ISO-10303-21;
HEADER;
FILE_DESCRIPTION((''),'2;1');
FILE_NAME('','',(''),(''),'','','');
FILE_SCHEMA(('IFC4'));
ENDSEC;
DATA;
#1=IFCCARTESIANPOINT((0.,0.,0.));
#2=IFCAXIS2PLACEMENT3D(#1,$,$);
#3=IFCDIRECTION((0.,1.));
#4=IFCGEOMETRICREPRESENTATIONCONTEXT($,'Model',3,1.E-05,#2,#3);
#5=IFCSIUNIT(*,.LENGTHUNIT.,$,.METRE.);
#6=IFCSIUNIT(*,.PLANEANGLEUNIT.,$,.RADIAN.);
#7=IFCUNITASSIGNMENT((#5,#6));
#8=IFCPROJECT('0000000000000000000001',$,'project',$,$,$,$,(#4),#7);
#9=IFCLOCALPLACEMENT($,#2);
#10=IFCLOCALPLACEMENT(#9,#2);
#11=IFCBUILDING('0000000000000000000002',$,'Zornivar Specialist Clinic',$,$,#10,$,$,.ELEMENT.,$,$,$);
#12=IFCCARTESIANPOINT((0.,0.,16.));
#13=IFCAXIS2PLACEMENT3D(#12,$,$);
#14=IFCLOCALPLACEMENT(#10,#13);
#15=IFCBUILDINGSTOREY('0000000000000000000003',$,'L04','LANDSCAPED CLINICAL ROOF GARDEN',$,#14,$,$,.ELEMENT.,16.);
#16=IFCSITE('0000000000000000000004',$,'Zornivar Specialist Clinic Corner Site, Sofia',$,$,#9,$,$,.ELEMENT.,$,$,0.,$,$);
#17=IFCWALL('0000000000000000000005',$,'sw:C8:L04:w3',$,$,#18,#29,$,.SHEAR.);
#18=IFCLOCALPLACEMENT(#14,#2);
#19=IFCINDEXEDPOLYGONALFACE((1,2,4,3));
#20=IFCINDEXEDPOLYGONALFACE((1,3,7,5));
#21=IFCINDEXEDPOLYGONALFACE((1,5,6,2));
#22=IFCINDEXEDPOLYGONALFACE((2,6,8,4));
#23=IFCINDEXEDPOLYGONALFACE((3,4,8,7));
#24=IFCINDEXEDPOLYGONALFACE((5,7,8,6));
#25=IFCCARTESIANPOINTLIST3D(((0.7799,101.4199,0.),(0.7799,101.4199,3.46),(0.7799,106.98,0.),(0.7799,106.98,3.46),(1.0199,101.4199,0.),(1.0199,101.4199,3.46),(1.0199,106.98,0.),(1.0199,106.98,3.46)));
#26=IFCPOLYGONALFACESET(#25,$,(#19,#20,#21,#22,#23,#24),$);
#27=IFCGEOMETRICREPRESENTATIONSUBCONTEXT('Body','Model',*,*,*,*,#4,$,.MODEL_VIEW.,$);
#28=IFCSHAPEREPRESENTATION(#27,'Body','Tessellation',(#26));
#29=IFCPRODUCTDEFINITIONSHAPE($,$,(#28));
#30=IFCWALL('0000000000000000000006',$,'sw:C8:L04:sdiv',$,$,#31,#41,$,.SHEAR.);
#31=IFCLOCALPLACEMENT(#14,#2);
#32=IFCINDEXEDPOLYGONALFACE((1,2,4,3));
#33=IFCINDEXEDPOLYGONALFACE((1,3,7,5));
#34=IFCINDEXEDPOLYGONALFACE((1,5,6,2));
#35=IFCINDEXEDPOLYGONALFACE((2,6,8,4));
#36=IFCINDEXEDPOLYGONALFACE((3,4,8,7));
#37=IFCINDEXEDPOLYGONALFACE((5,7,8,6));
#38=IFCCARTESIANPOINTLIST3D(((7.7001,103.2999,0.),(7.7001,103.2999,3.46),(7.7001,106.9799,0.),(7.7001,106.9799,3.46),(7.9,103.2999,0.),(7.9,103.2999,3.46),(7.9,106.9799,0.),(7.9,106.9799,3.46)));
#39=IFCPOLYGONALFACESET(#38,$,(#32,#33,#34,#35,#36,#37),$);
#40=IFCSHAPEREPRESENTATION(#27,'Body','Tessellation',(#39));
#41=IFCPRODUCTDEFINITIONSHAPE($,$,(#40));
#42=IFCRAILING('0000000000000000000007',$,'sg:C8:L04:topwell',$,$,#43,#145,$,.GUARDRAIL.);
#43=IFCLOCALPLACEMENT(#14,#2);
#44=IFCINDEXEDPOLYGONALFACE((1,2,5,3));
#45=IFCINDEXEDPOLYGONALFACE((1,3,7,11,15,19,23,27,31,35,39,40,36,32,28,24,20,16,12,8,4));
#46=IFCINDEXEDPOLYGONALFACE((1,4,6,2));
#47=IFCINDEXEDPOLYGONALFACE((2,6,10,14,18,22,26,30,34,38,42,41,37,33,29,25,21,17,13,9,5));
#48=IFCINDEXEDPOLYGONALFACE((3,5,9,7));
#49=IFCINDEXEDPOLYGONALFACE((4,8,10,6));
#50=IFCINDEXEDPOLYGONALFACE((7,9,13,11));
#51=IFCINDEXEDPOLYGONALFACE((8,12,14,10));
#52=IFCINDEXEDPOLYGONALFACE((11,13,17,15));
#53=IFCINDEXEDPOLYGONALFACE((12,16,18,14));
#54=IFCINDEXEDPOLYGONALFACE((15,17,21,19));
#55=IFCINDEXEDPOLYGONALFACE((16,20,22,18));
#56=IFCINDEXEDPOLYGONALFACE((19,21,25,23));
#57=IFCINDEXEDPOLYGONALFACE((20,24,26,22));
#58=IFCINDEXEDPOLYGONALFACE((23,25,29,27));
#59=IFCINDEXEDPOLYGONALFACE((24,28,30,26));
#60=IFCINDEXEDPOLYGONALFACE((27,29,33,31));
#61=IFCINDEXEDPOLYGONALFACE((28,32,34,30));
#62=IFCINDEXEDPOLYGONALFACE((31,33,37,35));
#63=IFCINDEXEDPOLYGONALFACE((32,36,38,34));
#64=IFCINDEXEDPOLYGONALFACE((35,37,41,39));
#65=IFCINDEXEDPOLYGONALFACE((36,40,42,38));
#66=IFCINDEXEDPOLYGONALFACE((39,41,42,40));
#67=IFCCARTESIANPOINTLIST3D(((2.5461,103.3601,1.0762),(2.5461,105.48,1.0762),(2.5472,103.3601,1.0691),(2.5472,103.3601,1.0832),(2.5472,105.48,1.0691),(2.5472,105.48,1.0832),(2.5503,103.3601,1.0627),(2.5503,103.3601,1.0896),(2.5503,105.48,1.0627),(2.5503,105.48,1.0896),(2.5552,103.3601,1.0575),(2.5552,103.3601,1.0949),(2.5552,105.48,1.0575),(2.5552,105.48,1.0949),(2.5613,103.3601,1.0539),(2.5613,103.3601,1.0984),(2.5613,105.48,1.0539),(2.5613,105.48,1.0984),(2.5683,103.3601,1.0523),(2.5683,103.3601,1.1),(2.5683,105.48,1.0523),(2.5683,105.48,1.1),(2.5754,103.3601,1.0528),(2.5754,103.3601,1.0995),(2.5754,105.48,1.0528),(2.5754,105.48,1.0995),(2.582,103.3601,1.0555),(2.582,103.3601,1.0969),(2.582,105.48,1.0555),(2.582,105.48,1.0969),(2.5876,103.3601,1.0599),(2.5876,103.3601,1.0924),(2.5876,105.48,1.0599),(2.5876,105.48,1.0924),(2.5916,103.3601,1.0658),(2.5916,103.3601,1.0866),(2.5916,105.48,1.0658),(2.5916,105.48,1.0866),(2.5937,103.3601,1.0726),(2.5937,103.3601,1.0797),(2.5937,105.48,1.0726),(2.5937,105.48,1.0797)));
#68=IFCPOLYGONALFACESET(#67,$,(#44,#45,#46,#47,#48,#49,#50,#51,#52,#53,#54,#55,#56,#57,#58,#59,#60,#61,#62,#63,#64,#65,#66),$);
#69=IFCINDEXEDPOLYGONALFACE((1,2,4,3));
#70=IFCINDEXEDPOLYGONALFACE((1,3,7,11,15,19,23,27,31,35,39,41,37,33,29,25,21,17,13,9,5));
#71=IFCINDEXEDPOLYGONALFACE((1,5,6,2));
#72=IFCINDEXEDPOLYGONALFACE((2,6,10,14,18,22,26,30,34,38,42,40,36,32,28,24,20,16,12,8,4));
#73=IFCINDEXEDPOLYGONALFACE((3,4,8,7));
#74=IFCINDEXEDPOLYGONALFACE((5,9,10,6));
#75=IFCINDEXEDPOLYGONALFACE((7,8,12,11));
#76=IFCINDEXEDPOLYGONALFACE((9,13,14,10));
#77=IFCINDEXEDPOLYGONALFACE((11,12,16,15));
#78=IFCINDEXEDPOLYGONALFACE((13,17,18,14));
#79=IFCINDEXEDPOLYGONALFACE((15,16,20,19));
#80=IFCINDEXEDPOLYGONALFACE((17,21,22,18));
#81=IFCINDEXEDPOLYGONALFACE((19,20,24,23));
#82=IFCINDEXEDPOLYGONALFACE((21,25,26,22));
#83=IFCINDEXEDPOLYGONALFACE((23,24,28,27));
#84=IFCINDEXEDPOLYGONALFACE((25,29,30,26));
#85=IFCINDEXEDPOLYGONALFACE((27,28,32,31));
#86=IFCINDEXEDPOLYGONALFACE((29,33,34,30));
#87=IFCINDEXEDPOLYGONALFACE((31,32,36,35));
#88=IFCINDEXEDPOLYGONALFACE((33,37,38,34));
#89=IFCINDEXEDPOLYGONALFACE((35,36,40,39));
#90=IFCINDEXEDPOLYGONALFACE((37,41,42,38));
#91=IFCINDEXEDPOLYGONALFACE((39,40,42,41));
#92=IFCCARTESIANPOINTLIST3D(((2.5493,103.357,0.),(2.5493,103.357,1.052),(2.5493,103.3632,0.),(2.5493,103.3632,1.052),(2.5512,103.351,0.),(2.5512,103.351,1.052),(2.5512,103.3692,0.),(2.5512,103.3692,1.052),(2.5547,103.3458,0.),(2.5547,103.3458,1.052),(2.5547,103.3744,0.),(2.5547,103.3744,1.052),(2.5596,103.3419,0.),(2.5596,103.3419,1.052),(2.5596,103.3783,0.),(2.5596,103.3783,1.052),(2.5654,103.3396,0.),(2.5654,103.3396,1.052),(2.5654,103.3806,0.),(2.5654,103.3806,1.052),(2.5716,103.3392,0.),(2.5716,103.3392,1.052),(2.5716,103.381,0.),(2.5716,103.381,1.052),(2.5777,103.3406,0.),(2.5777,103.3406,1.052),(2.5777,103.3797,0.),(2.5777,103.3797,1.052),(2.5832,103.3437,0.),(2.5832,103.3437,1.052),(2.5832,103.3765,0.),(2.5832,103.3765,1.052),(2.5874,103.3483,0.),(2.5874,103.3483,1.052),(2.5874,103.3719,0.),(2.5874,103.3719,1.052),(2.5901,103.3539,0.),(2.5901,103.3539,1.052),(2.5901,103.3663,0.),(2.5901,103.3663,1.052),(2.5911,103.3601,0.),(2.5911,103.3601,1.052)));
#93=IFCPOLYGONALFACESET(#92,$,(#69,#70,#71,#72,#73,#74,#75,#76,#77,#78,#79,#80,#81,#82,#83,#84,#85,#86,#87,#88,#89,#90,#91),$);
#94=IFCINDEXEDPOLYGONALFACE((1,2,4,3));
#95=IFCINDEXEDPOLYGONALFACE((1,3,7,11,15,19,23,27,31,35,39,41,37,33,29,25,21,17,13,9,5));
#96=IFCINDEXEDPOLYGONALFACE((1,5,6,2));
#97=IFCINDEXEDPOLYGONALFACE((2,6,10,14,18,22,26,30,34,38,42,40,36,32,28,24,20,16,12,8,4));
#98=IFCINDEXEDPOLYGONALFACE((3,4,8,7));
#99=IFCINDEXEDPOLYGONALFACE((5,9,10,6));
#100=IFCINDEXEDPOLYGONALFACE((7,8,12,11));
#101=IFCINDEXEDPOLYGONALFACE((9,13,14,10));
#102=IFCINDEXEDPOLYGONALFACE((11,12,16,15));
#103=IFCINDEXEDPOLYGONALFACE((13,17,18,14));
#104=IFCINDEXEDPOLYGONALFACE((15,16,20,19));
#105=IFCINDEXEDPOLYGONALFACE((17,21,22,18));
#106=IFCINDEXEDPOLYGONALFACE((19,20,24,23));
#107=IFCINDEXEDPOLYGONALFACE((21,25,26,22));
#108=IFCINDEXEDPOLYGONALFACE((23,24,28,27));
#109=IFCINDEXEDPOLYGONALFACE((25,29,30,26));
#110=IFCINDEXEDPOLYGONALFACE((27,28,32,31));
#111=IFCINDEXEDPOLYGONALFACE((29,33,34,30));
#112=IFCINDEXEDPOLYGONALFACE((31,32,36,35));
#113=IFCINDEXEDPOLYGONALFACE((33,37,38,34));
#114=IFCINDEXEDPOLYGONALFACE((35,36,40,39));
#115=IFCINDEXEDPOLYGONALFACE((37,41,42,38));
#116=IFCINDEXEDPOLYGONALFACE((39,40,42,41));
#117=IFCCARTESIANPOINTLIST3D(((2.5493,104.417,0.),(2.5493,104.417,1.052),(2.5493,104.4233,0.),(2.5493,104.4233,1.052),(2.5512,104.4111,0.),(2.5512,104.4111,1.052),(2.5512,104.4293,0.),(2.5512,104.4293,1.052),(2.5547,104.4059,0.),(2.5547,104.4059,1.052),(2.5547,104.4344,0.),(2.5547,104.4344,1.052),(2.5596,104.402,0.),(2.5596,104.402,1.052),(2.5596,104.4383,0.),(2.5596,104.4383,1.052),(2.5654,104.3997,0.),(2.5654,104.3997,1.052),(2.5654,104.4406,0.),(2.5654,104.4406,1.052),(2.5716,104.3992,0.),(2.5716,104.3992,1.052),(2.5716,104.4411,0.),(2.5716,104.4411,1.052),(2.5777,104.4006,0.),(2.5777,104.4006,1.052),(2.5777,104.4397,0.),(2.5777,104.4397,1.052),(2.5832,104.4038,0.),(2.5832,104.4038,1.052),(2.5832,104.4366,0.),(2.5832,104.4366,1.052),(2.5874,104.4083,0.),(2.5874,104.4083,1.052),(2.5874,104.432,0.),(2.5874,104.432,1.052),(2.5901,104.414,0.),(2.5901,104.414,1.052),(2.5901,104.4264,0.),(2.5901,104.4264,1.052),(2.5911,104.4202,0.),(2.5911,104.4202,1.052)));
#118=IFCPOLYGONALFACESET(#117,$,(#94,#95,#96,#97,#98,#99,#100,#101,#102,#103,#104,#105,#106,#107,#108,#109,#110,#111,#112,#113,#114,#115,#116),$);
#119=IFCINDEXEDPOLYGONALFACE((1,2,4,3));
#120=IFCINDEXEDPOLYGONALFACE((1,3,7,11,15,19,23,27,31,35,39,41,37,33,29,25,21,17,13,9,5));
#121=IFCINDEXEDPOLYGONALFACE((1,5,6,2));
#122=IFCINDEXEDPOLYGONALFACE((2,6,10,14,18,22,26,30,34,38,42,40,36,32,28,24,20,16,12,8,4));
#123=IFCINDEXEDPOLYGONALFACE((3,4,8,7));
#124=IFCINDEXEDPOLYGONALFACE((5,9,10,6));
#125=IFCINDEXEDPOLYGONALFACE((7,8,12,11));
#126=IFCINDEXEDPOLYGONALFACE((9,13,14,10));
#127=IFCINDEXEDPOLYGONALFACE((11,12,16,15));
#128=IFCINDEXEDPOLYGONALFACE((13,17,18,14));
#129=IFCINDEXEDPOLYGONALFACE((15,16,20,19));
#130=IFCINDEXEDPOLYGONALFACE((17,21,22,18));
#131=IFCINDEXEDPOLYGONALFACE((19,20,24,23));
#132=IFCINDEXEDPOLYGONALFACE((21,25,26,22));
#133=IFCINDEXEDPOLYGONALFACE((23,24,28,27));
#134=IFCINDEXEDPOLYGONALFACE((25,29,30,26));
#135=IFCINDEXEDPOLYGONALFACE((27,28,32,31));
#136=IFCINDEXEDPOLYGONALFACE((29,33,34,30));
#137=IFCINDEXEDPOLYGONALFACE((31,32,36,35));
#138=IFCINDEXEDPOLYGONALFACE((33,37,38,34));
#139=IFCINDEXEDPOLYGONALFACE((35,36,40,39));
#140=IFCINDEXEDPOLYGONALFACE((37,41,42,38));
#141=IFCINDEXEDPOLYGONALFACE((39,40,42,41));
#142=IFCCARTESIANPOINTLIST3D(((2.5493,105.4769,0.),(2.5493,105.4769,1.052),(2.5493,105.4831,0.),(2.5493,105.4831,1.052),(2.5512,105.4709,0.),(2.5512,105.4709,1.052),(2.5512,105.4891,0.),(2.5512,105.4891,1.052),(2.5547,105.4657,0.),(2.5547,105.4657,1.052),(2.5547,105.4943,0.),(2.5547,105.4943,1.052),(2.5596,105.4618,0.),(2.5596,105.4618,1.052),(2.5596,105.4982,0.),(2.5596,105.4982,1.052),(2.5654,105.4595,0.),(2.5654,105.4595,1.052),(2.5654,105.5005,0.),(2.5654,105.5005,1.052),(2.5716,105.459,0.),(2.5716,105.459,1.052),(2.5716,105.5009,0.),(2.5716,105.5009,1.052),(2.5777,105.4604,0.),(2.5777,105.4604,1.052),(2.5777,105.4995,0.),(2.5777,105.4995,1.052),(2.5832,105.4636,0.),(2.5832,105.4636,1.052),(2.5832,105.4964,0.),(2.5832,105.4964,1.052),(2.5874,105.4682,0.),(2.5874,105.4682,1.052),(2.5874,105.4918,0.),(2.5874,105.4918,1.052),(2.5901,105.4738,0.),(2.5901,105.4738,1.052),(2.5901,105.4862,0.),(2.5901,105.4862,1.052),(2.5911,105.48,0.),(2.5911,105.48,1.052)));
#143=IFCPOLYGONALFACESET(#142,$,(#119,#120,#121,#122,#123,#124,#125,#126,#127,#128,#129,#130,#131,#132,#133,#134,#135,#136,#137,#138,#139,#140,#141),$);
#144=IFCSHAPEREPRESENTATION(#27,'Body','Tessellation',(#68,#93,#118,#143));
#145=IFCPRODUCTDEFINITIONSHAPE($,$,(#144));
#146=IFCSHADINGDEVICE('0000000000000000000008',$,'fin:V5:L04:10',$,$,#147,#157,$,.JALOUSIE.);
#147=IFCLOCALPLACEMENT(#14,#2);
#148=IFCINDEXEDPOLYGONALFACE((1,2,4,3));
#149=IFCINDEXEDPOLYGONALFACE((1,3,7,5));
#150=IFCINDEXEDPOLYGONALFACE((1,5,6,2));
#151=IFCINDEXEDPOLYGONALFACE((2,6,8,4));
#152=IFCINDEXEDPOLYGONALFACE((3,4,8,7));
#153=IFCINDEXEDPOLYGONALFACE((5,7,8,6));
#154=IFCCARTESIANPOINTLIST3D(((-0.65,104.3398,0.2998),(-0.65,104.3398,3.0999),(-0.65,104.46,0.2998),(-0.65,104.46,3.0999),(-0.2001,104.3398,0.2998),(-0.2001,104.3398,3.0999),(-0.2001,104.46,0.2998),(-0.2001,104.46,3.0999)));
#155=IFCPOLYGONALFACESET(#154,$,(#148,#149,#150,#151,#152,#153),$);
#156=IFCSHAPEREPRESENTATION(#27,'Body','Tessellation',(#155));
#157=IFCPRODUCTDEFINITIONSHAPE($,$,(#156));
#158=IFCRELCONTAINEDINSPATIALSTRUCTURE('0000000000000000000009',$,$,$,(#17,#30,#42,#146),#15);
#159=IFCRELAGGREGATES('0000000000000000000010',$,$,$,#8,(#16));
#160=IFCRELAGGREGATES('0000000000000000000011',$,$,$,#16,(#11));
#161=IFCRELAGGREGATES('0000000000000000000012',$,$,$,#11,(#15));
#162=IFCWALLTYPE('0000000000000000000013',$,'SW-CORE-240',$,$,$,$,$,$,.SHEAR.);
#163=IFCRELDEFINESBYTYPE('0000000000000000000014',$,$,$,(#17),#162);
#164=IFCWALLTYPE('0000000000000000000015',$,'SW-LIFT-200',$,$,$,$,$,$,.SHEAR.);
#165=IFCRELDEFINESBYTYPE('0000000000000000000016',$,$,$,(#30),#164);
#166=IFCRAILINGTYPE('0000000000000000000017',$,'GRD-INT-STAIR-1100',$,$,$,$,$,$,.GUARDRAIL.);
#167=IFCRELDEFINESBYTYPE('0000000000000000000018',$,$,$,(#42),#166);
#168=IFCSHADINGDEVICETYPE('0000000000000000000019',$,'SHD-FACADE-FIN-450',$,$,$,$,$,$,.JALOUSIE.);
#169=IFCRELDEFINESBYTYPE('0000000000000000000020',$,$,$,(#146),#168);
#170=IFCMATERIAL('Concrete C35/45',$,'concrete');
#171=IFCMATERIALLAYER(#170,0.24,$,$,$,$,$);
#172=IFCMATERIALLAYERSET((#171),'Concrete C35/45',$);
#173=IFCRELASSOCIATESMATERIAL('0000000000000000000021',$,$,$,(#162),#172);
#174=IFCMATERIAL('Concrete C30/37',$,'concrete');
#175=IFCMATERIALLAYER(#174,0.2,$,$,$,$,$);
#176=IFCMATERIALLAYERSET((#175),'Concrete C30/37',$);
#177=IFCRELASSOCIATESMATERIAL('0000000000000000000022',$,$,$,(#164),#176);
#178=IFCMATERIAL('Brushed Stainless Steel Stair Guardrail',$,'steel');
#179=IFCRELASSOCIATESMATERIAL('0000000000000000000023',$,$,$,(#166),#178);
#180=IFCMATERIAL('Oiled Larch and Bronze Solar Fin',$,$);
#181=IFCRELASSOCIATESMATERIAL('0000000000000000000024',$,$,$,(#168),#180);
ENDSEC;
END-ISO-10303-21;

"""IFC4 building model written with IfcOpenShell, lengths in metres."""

from ifc_helpers import new_model, si_unit, direction, frame, frame_2d, origin, origin_2d, place, context, subcontext, project, spatial, rectangle, circle, extrude, material, layer, layer_set, type_object, element, save


model = new_model("IFC4")

# Units and contexts
model_context = context("Model", 3, precision=1e-05, world=origin(), true_north=direction((0.0, 1.0)))
body_context = subcontext(model_context, "Body", "Model", "MODEL_VIEW")
ifc_project = project(units=[si_unit("LENGTHUNIT", "METRE"), si_unit("PLANEANGLEUNIT", "RADIAN")], contexts=[model_context])

# Site, building, storey
site_placement = place(None, origin())
site = spatial("IfcSite", under=ifc_project, at=site_placement, Name="Zornivar Specialist Clinic Corner Site, Sofia", CompositionType="ELEMENT", RefElevation=0.0)
building_placement = place(site_placement, origin())
building = spatial("IfcBuilding", under=site, at=building_placement, Name="Zornivar Specialist Clinic", CompositionType="ELEMENT")
storey_placement = place(building_placement, frame((0.0, 0.0, 16.0)))
storey = spatial("IfcBuildingStorey", under=building, at=storey_placement, Name="L04", Description="LANDSCAPED CLINICAL ROOF GARDEN", CompositionType="ELEMENT", Elevation=16.0)

# Shared definitions
ifc_material_1 = material(Name="Concrete C35/45", Category="concrete")
ifc_layer_1 = layer(ifc_material_1, 0.24)
ifc_layer_set_1 = layer_set([ifc_layer_1], Name="Concrete C35/45")
wall_type_1 = type_object("IfcWallType", Name="SW-CORE-240", PredefinedType="SHEAR", material=ifc_layer_set_1)

# Walls
wall_1_placement = place(storey_placement, frame((0.8999, 106.98, 0.0), z_axis=(0.0, 0.0, 1.0), x_axis=(0.0, -1.0, 0.0)))
element("IfcWall", 1, at=wall_1_placement, inside=storey, type_object=wall_type_1, Name="sw:C8:L04:w3", PredefinedType="SHEAR", context=body_context, shape_type="SweptSolid", body=[
    extrude(rectangle(XDim=5.5601, YDim=0.24, at=frame_2d((2.78, 0.0))), origin(), (0.0, 0.0, 1.0), 3.46),
])
ifc_material_2 = material(Name="Concrete C30/37", Category="concrete")
ifc_layer_2 = layer(ifc_material_2, 0.2)
ifc_layer_set_2 = layer_set([ifc_layer_2], Name="Concrete C30/37")
wall_type_2 = type_object("IfcWallType", Name="SW-LIFT-200", PredefinedType="SHEAR", material=ifc_layer_set_2)
wall_2_placement = place(storey_placement, frame((7.8, 103.3, 0.0), z_axis=(0.0, 0.0, 1.0), x_axis=(0.0, 1.0, 0.0)))
element("IfcWall", 2, at=wall_2_placement, inside=storey, type_object=wall_type_2, Name="sw:C8:L04:sdiv", PredefinedType="SHEAR", context=body_context, shape_type="SweptSolid", body=[
    extrude(rectangle(XDim=3.6799, YDim=0.2, at=frame_2d((1.8398, 0.0))), origin(), (0.0, 0.0, 1.0), 3.46),
])

# Railing
ifc_material_3 = material(Name="Brushed Stainless Steel Stair Guardrail", Category="steel")
railing_type = type_object("IfcRailingType", Name="GRD-INT-STAIR-1100", PredefinedType="GUARDRAIL", material=ifc_material_3)
railing_placement = place(storey_placement, frame((2.5701, 103.3601, 0.0)))
element("IfcRailing", 3, at=railing_placement, inside=storey, type_object=railing_type, Name="sg:C8:L04:topwell", PredefinedType="GUARDRAIL", context=body_context, shape_type="SweptSolid", body=[
    extrude(circle(Radius=0.0239, at=origin_2d()), frame((0.0, 0.0, 1.0762), z_axis=(0.0, 1.0, 0.0), x_axis=(-1.0, 0.0, 0.0)), (0.0, 0.0, 1.0), 2.1199),
    extrude(circle(Radius=0.021, at=origin_2d()), origin(), (0.0, 0.0, 1.0), 1.052),
    extrude(circle(Radius=0.021, at=origin_2d()), frame((0.0, 1.0601, 0.0)), (0.0, 0.0, 1.0), 1.052),
    extrude(circle(Radius=0.021, at=origin_2d()), frame((0.0, 2.1199, 0.0)), (0.0, 0.0, 1.0), 1.052),
])

# Shading device
ifc_material_4 = material(Name="Oiled Larch and Bronze Solar Fin")
shading_device_type = type_object("IfcShadingDeviceType", Name="SHD-FACADE-FIN-450", PredefinedType="JALOUSIE", material=ifc_material_4)
shading_device_placement = place(storey_placement, frame((-0.425, 104.3999, 0.2998), z_axis=(0.0, 0.0, 1.0), x_axis=(0.0, -1.0, 0.0)))
element("IfcShadingDevice", 4, at=shading_device_placement, inside=storey, type_object=shading_device_type, Name="fin:V5:L04:10", PredefinedType="JALOUSIE", context=body_context, shape_type="SweptSolid", body=[
    extrude(rectangle(XDim=0.1201, YDim=0.45, at=origin_2d()), origin(), (0.0, 0.0, 1.0), 2.8),
])

save(model, "model.ifc")
